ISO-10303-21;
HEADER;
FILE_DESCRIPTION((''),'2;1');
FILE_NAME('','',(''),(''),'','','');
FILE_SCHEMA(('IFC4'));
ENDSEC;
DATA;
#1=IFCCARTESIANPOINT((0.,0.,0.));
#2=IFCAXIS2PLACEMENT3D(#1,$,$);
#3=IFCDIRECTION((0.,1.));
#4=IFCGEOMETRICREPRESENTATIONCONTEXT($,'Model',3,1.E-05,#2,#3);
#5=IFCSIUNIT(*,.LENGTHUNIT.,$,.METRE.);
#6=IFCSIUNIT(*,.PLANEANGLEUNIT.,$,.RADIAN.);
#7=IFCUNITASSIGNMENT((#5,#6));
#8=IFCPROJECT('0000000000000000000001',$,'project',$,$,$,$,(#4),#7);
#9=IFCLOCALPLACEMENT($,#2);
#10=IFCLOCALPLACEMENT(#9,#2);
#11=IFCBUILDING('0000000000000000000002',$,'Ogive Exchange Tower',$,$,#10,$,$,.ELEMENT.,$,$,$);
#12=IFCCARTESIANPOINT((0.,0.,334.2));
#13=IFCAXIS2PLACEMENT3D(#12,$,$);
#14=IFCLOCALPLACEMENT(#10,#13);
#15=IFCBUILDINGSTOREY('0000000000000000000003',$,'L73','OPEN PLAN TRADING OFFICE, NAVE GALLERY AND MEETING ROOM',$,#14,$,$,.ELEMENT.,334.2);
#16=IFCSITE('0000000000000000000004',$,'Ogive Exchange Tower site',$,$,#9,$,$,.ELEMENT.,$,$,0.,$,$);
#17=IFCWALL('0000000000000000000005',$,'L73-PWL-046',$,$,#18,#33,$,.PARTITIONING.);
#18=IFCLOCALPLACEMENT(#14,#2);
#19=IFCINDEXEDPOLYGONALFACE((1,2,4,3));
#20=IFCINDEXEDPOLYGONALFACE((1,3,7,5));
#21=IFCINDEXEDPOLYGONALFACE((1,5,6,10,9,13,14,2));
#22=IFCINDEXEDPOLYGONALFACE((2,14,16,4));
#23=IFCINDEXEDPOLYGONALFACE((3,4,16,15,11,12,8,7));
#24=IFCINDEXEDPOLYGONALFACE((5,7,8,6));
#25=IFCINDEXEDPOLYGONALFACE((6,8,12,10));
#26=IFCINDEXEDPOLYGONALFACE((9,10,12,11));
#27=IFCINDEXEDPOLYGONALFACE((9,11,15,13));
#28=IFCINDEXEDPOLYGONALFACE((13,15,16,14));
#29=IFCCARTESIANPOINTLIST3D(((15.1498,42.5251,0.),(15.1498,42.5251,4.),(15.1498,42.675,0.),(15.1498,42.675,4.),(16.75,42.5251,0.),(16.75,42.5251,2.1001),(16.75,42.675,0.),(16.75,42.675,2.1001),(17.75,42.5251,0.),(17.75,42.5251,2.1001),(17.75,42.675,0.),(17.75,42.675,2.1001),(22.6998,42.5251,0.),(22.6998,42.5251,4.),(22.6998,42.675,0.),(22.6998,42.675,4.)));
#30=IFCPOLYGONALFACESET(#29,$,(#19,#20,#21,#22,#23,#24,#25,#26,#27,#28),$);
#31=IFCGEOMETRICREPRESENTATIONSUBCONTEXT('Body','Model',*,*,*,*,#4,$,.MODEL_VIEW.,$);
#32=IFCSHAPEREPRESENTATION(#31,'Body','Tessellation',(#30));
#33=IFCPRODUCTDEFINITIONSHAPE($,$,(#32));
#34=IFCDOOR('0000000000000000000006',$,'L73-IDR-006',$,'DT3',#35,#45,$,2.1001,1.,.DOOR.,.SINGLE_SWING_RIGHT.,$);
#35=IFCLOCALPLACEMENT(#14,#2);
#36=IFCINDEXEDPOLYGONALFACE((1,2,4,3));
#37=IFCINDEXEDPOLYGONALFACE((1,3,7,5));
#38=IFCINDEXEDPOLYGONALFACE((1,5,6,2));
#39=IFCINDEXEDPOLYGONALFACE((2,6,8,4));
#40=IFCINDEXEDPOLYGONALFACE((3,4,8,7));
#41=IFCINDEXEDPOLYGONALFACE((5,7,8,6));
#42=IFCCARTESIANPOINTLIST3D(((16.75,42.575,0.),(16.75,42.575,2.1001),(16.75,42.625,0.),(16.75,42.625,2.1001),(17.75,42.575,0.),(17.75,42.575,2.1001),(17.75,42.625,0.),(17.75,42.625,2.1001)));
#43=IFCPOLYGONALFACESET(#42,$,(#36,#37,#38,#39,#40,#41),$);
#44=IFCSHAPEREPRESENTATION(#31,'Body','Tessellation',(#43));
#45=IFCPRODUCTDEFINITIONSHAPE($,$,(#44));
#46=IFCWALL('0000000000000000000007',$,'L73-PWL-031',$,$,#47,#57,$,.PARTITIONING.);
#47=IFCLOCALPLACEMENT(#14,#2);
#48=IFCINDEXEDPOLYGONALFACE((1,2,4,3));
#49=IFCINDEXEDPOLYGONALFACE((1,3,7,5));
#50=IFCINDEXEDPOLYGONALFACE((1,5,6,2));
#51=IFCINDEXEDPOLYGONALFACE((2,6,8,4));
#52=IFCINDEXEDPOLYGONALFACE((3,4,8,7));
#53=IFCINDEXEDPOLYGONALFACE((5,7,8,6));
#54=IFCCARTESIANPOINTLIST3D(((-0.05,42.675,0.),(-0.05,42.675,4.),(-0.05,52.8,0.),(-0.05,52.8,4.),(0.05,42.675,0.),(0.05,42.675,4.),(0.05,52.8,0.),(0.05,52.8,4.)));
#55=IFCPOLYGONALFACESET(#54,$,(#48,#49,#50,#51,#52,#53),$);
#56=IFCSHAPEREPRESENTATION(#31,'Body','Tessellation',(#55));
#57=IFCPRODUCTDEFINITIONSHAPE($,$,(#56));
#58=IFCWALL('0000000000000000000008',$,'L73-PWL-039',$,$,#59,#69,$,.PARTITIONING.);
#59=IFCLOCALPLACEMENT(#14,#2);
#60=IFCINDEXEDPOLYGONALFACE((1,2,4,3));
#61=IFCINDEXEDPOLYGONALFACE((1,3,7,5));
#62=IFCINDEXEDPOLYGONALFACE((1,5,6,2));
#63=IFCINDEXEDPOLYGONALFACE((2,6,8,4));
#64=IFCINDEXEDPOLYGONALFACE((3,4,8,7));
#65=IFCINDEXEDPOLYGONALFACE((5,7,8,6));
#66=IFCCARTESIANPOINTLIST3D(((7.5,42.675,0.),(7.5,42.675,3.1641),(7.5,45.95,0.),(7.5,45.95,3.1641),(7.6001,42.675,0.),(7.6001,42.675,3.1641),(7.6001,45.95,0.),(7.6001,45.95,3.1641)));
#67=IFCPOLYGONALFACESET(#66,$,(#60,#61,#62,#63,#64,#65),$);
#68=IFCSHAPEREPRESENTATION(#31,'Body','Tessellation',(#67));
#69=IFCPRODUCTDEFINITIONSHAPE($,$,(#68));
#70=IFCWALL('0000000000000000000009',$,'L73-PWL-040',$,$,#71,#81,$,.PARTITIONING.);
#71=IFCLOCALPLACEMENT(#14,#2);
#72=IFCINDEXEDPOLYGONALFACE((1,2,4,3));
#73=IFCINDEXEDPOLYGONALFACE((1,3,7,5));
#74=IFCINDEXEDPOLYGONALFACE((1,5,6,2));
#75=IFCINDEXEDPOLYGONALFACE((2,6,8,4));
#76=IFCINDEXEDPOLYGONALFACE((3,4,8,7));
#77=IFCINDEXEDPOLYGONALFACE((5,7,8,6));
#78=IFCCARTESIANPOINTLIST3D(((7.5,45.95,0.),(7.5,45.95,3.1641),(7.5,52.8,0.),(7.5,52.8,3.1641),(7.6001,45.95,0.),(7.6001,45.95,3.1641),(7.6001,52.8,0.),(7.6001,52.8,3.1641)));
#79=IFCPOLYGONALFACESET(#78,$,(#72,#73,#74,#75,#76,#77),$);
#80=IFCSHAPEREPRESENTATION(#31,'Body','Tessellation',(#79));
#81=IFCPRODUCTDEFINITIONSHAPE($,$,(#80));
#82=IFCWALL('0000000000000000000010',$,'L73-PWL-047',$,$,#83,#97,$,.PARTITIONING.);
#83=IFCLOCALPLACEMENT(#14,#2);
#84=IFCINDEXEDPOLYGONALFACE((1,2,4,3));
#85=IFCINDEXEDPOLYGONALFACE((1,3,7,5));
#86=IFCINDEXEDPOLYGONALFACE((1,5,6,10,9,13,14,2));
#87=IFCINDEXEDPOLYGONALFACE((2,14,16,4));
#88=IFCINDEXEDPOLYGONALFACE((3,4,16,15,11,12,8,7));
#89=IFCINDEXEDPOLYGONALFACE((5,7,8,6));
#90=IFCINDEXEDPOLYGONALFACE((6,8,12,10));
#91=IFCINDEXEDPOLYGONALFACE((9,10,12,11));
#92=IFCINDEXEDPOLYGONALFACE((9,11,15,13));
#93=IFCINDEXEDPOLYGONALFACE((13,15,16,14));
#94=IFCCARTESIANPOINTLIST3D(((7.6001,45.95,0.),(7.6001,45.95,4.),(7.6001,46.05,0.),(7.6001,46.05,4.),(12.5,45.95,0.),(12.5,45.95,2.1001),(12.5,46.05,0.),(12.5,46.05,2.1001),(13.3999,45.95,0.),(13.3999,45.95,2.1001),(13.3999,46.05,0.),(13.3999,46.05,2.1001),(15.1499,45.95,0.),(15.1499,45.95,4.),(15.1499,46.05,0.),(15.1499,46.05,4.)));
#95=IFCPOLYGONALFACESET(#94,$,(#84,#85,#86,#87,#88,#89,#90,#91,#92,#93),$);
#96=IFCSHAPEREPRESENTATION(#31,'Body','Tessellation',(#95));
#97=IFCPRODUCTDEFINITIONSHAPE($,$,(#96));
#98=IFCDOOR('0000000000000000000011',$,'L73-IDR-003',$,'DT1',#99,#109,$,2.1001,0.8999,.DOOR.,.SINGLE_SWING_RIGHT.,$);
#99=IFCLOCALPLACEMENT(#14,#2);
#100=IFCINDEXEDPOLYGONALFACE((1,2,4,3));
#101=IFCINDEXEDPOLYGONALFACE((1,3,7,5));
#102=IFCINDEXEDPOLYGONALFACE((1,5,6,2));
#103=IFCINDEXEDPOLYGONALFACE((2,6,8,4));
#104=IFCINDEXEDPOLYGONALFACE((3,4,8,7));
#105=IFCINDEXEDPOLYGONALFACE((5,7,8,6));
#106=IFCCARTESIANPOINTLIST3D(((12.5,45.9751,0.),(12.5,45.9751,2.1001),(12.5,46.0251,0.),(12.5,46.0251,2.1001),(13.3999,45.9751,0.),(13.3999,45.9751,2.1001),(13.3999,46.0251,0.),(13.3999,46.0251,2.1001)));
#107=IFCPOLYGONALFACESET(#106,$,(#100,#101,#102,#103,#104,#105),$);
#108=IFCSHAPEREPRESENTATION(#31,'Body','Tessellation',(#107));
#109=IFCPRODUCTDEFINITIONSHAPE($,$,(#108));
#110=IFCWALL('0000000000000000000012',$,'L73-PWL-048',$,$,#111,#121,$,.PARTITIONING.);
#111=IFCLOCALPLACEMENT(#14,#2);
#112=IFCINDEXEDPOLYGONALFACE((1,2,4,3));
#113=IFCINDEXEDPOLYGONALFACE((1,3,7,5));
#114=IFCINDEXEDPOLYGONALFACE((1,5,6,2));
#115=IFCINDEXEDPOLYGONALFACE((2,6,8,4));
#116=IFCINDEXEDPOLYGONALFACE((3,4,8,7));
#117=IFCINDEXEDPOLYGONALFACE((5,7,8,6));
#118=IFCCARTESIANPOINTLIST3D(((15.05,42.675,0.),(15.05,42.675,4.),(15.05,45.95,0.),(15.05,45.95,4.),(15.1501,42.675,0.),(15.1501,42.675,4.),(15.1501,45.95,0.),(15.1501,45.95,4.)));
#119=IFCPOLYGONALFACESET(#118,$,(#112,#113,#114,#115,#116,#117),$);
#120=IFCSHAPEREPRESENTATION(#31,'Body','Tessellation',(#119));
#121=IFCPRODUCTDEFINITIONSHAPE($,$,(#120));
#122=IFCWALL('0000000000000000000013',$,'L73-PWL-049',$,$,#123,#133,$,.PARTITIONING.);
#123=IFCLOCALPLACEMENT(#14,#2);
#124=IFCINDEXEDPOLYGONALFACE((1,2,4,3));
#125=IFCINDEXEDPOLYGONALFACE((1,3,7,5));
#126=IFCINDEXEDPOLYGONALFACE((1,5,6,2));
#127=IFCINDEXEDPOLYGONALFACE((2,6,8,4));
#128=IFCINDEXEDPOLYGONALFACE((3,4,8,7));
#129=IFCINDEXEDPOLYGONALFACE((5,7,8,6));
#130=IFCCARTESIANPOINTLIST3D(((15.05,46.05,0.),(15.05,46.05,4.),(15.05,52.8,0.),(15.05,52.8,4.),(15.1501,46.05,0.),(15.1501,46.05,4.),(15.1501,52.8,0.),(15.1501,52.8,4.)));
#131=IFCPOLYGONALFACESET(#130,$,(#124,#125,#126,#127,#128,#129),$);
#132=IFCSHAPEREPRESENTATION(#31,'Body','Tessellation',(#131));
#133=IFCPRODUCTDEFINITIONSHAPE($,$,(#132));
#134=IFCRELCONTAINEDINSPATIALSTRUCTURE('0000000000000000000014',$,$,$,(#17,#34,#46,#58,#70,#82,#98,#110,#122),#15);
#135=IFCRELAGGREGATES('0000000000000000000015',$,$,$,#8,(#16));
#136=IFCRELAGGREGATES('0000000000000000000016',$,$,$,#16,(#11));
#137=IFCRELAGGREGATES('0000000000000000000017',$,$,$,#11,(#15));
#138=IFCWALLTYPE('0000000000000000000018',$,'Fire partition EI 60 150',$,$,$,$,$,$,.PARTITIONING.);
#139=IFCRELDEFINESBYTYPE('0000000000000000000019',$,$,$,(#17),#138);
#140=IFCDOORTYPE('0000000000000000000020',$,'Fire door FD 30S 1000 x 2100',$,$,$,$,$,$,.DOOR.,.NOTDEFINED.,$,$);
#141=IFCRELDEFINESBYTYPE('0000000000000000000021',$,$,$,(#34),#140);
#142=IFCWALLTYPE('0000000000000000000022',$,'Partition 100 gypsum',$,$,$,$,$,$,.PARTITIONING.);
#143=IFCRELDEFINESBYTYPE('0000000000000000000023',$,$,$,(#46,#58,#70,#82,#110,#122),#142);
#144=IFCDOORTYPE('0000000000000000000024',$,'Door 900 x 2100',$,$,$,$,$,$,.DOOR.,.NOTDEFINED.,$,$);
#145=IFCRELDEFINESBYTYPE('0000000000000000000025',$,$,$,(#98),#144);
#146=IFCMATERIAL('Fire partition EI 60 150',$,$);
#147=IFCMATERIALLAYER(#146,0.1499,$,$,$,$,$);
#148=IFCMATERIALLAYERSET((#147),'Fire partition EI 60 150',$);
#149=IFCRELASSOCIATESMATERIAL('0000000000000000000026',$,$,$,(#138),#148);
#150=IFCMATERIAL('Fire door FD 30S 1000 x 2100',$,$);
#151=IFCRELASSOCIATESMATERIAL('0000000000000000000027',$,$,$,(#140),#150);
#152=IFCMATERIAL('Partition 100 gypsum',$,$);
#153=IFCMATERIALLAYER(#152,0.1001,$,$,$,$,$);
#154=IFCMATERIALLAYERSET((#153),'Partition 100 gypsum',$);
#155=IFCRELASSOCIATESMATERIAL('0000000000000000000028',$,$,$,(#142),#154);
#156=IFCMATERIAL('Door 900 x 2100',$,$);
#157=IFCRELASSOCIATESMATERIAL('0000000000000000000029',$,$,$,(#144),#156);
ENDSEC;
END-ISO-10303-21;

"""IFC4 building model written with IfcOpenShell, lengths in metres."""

from ifc_helpers import new_model, si_unit, direction, frame, frame_2d, origin, place, context, subcontext, project, spatial, rectangle, extrude, material, layer, layer_set, type_object, element, fill, save


model = new_model("IFC4")

# Units and contexts
model_context = context("Model", 3, precision=1e-05, world=origin(), true_north=direction((0.0, 1.0)))
body_context = subcontext(model_context, "Body", "Model", "MODEL_VIEW")
ifc_project = project(units=[si_unit("LENGTHUNIT", "METRE"), si_unit("PLANEANGLEUNIT", "RADIAN")], contexts=[model_context])

# Site, building, storey
site_placement = place(None, origin())
site = spatial("IfcSite", under=ifc_project, at=site_placement, Name="Ogive Exchange Tower site", CompositionType="ELEMENT", RefElevation=0.0)
building_placement = place(site_placement, origin())
building = spatial("IfcBuilding", under=site, at=building_placement, Name="Ogive Exchange Tower", CompositionType="ELEMENT")
storey_placement = place(building_placement, frame((0.0, 0.0, 334.2)))
storey = spatial("IfcBuildingStorey", under=building, at=storey_placement, Name="L73", Description="OPEN PLAN TRADING OFFICE, NAVE GALLERY AND MEETING ROOM", CompositionType="ELEMENT", Elevation=334.2)

# Shared definitions
ifc_material_1 = material(Name="Fire partition EI 60 150")
ifc_layer_1 = layer(ifc_material_1, 0.1499)
ifc_layer_set_1 = layer_set([ifc_layer_1], Name="Fire partition EI 60 150")
wall_type_1 = type_object("IfcWallType", Name="Fire partition EI 60 150", PredefinedType="PARTITIONING", material=ifc_layer_set_1)
ifc_material_2 = material(Name="Fire door FD 30S 1000 x 2100")
door_type_1 = type_object("IfcDoorType", Name="Fire door FD 30S 1000 x 2100", OperationType="NOTDEFINED", PredefinedType="DOOR", material=ifc_material_2)

# Wall, opening, door
wall_1_placement = place(storey_placement, frame((15.1499, 42.6001, 0.0), z_axis=(0.0, 0.0, 1.0), x_axis=(1.0, 0.0, 0.0)))
wall_1 = element("IfcWall", 1, at=wall_1_placement, inside=storey, type_object=wall_type_1, Name="L73-PWL-046", PredefinedType="PARTITIONING", context=body_context, shape_type="SweptSolid", body=[
    extrude(rectangle(XDim=7.55, YDim=0.1499, at=frame_2d((3.7749, 0.0))), origin(), (0.0, 0.0, 1.0), 4.0),
])
opening_1_placement = place(wall_1_placement, frame((1.6001, 0.0, 0.0)))
opening_1 = element("IfcOpeningElement", 2, at=opening_1_placement, cuts=wall_1, PredefinedType="OPENING", context=body_context, shape_type="SweptSolid", body=[
    extrude(rectangle(XDim=1.0, YDim=2.1001, at=frame_2d((0.5, 1.05))), frame((0.0, 0.085, 0.0), z_axis=(0.0, -1.0, 0.0), x_axis=(1.0, 0.0, 0.0)), (0.0, 0.0, 1.0), 0.1699),
])
door_1_placement = place(opening_1_placement, origin())
door_1 = element("IfcDoor", 3, at=door_1_placement, inside=storey, type_object=door_type_1, Name="L73-IDR-006", ObjectType="DT3", OperationType="SINGLE_SWING_RIGHT", OverallHeight=2.1001, OverallWidth=1.0, PredefinedType="DOOR", context=body_context, shape_type="SweptSolid", body=[
    extrude(rectangle(XDim=1.0, YDim=2.1001, at=frame_2d((0.5, 1.05))), frame((0.0, 0.0249, 0.0), z_axis=(0.0, -1.0, 0.0), x_axis=(1.0, 0.0, 0.0)), (0.0, 0.0, 1.0), 0.05),
])
fill(opening_1, door_1)

# Walls
ifc_material_3 = material(Name="Partition 100 gypsum")
ifc_layer_2 = layer(ifc_material_3, 0.1001)
ifc_layer_set_2 = layer_set([ifc_layer_2], Name="Partition 100 gypsum")
wall_type_2 = type_object("IfcWallType", Name="Partition 100 gypsum", PredefinedType="PARTITIONING", material=ifc_layer_set_2)
wall_2_placement = place(storey_placement, frame((0.0, 52.8, 0.0), z_axis=(0.0, 0.0, 1.0), x_axis=(0.0, -1.0, 0.0)))
element("IfcWall", 4, at=wall_2_placement, inside=storey, type_object=wall_type_2, Name="L73-PWL-031", PredefinedType="PARTITIONING", context=body_context, shape_type="SweptSolid", body=[
    extrude(rectangle(XDim=10.125, YDim=0.1001, at=frame_2d((5.0625, 0.0))), origin(), (0.0, 0.0, 1.0), 4.0),
])
wall_3_placement = place(storey_placement, frame((7.55, 45.95, 0.0), z_axis=(0.0, 0.0, 1.0), x_axis=(0.0, -1.0, 0.0)))
element("IfcWall", 5, at=wall_3_placement, inside=storey, type_object=wall_type_2, Name="L73-PWL-039", PredefinedType="PARTITIONING", context=body_context, shape_type="SweptSolid", body=[
    extrude(rectangle(XDim=3.2749, YDim=0.1001, at=frame_2d((1.6375, 0.0))), origin(), (0.0, 0.0, 1.0), 3.1641),
])
wall_4_placement = place(storey_placement, frame((7.55, 52.8, 0.0), z_axis=(0.0, 0.0, 1.0), x_axis=(0.0, -1.0, 0.0)))
element("IfcWall", 6, at=wall_4_placement, inside=storey, type_object=wall_type_2, Name="L73-PWL-040", PredefinedType="PARTITIONING", context=body_context, shape_type="SweptSolid", body=[
    extrude(rectangle(XDim=6.8501, YDim=0.1001, at=frame_2d((3.425, 0.0))), origin(), (0.0, 0.0, 1.0), 3.1641),
])

# Wall, opening, door
wall_5_placement = place(storey_placement, frame((15.1499, 46.0, 0.0), z_axis=(0.0, 0.0, 1.0), x_axis=(-1.0, 0.0, 0.0)))
wall_5 = element("IfcWall", 7, at=wall_5_placement, inside=storey, type_object=wall_type_2, Name="L73-PWL-047", PredefinedType="PARTITIONING", context=body_context, shape_type="SweptSolid", body=[
    extrude(rectangle(XDim=7.5498, YDim=0.1001, at=frame_2d((3.7749, 0.0))), origin(), (0.0, 0.0, 1.0), 4.0),
])
opening_2_placement = place(wall_5_placement, frame((1.75, 0.0, 0.0)))
opening_2 = element("IfcOpeningElement", 8, at=opening_2_placement, cuts=wall_5, PredefinedType="OPENING", context=body_context, shape_type="SweptSolid", body=[
    extrude(rectangle(XDim=0.8999, YDim=2.1001, at=frame_2d((0.45, 1.05))), frame((0.0, 0.0601, 0.0), z_axis=(0.0, -1.0, 0.0), x_axis=(1.0, 0.0, 0.0)), (0.0, 0.0, 1.0), 0.1201),
])
ifc_material_4 = material(Name="Door 900 x 2100")
door_type_2 = type_object("IfcDoorType", Name="Door 900 x 2100", OperationType="NOTDEFINED", PredefinedType="DOOR", material=ifc_material_4)
door_2_placement = place(opening_2_placement, origin())
door_2 = element("IfcDoor", 9, at=door_2_placement, inside=storey, type_object=door_type_2, Name="L73-IDR-003", ObjectType="DT1", OperationType="SINGLE_SWING_RIGHT", OverallHeight=2.1001, OverallWidth=0.8999, PredefinedType="DOOR", context=body_context, shape_type="SweptSolid", body=[
    extrude(rectangle(XDim=0.8999, YDim=2.1001, at=frame_2d((0.45, 1.05))), frame((0.0, 0.0249, 0.0), z_axis=(0.0, -1.0, 0.0), x_axis=(1.0, 0.0, 0.0)), (0.0, 0.0, 1.0), 0.05),
])
fill(opening_2, door_2)

# Walls
wall_6_placement = place(storey_placement, frame((15.1001, 45.95, 0.0), z_axis=(0.0, 0.0, 1.0), x_axis=(0.0, -1.0, 0.0)))
element("IfcWall", 10, at=wall_6_placement, inside=storey, type_object=wall_type_2, Name="L73-PWL-048", PredefinedType="PARTITIONING", context=body_context, shape_type="SweptSolid", body=[
    extrude(rectangle(XDim=3.2749, YDim=0.1001, at=frame_2d((1.6375, 0.0))), origin(), (0.0, 0.0, 1.0), 4.0),
])
wall_7_placement = place(storey_placement, frame((15.1001, 52.8, 0.0), z_axis=(0.0, 0.0, 1.0), x_axis=(0.0, -1.0, 0.0)))
element("IfcWall", 11, at=wall_7_placement, inside=storey, type_object=wall_type_2, Name="L73-PWL-049", PredefinedType="PARTITIONING", context=body_context, shape_type="SweptSolid", body=[
    extrude(rectangle(XDim=6.75, YDim=0.1001, at=frame_2d((3.375, 0.0))), origin(), (0.0, 0.0, 1.0), 4.0),
])

save(model, "model.ifc")
